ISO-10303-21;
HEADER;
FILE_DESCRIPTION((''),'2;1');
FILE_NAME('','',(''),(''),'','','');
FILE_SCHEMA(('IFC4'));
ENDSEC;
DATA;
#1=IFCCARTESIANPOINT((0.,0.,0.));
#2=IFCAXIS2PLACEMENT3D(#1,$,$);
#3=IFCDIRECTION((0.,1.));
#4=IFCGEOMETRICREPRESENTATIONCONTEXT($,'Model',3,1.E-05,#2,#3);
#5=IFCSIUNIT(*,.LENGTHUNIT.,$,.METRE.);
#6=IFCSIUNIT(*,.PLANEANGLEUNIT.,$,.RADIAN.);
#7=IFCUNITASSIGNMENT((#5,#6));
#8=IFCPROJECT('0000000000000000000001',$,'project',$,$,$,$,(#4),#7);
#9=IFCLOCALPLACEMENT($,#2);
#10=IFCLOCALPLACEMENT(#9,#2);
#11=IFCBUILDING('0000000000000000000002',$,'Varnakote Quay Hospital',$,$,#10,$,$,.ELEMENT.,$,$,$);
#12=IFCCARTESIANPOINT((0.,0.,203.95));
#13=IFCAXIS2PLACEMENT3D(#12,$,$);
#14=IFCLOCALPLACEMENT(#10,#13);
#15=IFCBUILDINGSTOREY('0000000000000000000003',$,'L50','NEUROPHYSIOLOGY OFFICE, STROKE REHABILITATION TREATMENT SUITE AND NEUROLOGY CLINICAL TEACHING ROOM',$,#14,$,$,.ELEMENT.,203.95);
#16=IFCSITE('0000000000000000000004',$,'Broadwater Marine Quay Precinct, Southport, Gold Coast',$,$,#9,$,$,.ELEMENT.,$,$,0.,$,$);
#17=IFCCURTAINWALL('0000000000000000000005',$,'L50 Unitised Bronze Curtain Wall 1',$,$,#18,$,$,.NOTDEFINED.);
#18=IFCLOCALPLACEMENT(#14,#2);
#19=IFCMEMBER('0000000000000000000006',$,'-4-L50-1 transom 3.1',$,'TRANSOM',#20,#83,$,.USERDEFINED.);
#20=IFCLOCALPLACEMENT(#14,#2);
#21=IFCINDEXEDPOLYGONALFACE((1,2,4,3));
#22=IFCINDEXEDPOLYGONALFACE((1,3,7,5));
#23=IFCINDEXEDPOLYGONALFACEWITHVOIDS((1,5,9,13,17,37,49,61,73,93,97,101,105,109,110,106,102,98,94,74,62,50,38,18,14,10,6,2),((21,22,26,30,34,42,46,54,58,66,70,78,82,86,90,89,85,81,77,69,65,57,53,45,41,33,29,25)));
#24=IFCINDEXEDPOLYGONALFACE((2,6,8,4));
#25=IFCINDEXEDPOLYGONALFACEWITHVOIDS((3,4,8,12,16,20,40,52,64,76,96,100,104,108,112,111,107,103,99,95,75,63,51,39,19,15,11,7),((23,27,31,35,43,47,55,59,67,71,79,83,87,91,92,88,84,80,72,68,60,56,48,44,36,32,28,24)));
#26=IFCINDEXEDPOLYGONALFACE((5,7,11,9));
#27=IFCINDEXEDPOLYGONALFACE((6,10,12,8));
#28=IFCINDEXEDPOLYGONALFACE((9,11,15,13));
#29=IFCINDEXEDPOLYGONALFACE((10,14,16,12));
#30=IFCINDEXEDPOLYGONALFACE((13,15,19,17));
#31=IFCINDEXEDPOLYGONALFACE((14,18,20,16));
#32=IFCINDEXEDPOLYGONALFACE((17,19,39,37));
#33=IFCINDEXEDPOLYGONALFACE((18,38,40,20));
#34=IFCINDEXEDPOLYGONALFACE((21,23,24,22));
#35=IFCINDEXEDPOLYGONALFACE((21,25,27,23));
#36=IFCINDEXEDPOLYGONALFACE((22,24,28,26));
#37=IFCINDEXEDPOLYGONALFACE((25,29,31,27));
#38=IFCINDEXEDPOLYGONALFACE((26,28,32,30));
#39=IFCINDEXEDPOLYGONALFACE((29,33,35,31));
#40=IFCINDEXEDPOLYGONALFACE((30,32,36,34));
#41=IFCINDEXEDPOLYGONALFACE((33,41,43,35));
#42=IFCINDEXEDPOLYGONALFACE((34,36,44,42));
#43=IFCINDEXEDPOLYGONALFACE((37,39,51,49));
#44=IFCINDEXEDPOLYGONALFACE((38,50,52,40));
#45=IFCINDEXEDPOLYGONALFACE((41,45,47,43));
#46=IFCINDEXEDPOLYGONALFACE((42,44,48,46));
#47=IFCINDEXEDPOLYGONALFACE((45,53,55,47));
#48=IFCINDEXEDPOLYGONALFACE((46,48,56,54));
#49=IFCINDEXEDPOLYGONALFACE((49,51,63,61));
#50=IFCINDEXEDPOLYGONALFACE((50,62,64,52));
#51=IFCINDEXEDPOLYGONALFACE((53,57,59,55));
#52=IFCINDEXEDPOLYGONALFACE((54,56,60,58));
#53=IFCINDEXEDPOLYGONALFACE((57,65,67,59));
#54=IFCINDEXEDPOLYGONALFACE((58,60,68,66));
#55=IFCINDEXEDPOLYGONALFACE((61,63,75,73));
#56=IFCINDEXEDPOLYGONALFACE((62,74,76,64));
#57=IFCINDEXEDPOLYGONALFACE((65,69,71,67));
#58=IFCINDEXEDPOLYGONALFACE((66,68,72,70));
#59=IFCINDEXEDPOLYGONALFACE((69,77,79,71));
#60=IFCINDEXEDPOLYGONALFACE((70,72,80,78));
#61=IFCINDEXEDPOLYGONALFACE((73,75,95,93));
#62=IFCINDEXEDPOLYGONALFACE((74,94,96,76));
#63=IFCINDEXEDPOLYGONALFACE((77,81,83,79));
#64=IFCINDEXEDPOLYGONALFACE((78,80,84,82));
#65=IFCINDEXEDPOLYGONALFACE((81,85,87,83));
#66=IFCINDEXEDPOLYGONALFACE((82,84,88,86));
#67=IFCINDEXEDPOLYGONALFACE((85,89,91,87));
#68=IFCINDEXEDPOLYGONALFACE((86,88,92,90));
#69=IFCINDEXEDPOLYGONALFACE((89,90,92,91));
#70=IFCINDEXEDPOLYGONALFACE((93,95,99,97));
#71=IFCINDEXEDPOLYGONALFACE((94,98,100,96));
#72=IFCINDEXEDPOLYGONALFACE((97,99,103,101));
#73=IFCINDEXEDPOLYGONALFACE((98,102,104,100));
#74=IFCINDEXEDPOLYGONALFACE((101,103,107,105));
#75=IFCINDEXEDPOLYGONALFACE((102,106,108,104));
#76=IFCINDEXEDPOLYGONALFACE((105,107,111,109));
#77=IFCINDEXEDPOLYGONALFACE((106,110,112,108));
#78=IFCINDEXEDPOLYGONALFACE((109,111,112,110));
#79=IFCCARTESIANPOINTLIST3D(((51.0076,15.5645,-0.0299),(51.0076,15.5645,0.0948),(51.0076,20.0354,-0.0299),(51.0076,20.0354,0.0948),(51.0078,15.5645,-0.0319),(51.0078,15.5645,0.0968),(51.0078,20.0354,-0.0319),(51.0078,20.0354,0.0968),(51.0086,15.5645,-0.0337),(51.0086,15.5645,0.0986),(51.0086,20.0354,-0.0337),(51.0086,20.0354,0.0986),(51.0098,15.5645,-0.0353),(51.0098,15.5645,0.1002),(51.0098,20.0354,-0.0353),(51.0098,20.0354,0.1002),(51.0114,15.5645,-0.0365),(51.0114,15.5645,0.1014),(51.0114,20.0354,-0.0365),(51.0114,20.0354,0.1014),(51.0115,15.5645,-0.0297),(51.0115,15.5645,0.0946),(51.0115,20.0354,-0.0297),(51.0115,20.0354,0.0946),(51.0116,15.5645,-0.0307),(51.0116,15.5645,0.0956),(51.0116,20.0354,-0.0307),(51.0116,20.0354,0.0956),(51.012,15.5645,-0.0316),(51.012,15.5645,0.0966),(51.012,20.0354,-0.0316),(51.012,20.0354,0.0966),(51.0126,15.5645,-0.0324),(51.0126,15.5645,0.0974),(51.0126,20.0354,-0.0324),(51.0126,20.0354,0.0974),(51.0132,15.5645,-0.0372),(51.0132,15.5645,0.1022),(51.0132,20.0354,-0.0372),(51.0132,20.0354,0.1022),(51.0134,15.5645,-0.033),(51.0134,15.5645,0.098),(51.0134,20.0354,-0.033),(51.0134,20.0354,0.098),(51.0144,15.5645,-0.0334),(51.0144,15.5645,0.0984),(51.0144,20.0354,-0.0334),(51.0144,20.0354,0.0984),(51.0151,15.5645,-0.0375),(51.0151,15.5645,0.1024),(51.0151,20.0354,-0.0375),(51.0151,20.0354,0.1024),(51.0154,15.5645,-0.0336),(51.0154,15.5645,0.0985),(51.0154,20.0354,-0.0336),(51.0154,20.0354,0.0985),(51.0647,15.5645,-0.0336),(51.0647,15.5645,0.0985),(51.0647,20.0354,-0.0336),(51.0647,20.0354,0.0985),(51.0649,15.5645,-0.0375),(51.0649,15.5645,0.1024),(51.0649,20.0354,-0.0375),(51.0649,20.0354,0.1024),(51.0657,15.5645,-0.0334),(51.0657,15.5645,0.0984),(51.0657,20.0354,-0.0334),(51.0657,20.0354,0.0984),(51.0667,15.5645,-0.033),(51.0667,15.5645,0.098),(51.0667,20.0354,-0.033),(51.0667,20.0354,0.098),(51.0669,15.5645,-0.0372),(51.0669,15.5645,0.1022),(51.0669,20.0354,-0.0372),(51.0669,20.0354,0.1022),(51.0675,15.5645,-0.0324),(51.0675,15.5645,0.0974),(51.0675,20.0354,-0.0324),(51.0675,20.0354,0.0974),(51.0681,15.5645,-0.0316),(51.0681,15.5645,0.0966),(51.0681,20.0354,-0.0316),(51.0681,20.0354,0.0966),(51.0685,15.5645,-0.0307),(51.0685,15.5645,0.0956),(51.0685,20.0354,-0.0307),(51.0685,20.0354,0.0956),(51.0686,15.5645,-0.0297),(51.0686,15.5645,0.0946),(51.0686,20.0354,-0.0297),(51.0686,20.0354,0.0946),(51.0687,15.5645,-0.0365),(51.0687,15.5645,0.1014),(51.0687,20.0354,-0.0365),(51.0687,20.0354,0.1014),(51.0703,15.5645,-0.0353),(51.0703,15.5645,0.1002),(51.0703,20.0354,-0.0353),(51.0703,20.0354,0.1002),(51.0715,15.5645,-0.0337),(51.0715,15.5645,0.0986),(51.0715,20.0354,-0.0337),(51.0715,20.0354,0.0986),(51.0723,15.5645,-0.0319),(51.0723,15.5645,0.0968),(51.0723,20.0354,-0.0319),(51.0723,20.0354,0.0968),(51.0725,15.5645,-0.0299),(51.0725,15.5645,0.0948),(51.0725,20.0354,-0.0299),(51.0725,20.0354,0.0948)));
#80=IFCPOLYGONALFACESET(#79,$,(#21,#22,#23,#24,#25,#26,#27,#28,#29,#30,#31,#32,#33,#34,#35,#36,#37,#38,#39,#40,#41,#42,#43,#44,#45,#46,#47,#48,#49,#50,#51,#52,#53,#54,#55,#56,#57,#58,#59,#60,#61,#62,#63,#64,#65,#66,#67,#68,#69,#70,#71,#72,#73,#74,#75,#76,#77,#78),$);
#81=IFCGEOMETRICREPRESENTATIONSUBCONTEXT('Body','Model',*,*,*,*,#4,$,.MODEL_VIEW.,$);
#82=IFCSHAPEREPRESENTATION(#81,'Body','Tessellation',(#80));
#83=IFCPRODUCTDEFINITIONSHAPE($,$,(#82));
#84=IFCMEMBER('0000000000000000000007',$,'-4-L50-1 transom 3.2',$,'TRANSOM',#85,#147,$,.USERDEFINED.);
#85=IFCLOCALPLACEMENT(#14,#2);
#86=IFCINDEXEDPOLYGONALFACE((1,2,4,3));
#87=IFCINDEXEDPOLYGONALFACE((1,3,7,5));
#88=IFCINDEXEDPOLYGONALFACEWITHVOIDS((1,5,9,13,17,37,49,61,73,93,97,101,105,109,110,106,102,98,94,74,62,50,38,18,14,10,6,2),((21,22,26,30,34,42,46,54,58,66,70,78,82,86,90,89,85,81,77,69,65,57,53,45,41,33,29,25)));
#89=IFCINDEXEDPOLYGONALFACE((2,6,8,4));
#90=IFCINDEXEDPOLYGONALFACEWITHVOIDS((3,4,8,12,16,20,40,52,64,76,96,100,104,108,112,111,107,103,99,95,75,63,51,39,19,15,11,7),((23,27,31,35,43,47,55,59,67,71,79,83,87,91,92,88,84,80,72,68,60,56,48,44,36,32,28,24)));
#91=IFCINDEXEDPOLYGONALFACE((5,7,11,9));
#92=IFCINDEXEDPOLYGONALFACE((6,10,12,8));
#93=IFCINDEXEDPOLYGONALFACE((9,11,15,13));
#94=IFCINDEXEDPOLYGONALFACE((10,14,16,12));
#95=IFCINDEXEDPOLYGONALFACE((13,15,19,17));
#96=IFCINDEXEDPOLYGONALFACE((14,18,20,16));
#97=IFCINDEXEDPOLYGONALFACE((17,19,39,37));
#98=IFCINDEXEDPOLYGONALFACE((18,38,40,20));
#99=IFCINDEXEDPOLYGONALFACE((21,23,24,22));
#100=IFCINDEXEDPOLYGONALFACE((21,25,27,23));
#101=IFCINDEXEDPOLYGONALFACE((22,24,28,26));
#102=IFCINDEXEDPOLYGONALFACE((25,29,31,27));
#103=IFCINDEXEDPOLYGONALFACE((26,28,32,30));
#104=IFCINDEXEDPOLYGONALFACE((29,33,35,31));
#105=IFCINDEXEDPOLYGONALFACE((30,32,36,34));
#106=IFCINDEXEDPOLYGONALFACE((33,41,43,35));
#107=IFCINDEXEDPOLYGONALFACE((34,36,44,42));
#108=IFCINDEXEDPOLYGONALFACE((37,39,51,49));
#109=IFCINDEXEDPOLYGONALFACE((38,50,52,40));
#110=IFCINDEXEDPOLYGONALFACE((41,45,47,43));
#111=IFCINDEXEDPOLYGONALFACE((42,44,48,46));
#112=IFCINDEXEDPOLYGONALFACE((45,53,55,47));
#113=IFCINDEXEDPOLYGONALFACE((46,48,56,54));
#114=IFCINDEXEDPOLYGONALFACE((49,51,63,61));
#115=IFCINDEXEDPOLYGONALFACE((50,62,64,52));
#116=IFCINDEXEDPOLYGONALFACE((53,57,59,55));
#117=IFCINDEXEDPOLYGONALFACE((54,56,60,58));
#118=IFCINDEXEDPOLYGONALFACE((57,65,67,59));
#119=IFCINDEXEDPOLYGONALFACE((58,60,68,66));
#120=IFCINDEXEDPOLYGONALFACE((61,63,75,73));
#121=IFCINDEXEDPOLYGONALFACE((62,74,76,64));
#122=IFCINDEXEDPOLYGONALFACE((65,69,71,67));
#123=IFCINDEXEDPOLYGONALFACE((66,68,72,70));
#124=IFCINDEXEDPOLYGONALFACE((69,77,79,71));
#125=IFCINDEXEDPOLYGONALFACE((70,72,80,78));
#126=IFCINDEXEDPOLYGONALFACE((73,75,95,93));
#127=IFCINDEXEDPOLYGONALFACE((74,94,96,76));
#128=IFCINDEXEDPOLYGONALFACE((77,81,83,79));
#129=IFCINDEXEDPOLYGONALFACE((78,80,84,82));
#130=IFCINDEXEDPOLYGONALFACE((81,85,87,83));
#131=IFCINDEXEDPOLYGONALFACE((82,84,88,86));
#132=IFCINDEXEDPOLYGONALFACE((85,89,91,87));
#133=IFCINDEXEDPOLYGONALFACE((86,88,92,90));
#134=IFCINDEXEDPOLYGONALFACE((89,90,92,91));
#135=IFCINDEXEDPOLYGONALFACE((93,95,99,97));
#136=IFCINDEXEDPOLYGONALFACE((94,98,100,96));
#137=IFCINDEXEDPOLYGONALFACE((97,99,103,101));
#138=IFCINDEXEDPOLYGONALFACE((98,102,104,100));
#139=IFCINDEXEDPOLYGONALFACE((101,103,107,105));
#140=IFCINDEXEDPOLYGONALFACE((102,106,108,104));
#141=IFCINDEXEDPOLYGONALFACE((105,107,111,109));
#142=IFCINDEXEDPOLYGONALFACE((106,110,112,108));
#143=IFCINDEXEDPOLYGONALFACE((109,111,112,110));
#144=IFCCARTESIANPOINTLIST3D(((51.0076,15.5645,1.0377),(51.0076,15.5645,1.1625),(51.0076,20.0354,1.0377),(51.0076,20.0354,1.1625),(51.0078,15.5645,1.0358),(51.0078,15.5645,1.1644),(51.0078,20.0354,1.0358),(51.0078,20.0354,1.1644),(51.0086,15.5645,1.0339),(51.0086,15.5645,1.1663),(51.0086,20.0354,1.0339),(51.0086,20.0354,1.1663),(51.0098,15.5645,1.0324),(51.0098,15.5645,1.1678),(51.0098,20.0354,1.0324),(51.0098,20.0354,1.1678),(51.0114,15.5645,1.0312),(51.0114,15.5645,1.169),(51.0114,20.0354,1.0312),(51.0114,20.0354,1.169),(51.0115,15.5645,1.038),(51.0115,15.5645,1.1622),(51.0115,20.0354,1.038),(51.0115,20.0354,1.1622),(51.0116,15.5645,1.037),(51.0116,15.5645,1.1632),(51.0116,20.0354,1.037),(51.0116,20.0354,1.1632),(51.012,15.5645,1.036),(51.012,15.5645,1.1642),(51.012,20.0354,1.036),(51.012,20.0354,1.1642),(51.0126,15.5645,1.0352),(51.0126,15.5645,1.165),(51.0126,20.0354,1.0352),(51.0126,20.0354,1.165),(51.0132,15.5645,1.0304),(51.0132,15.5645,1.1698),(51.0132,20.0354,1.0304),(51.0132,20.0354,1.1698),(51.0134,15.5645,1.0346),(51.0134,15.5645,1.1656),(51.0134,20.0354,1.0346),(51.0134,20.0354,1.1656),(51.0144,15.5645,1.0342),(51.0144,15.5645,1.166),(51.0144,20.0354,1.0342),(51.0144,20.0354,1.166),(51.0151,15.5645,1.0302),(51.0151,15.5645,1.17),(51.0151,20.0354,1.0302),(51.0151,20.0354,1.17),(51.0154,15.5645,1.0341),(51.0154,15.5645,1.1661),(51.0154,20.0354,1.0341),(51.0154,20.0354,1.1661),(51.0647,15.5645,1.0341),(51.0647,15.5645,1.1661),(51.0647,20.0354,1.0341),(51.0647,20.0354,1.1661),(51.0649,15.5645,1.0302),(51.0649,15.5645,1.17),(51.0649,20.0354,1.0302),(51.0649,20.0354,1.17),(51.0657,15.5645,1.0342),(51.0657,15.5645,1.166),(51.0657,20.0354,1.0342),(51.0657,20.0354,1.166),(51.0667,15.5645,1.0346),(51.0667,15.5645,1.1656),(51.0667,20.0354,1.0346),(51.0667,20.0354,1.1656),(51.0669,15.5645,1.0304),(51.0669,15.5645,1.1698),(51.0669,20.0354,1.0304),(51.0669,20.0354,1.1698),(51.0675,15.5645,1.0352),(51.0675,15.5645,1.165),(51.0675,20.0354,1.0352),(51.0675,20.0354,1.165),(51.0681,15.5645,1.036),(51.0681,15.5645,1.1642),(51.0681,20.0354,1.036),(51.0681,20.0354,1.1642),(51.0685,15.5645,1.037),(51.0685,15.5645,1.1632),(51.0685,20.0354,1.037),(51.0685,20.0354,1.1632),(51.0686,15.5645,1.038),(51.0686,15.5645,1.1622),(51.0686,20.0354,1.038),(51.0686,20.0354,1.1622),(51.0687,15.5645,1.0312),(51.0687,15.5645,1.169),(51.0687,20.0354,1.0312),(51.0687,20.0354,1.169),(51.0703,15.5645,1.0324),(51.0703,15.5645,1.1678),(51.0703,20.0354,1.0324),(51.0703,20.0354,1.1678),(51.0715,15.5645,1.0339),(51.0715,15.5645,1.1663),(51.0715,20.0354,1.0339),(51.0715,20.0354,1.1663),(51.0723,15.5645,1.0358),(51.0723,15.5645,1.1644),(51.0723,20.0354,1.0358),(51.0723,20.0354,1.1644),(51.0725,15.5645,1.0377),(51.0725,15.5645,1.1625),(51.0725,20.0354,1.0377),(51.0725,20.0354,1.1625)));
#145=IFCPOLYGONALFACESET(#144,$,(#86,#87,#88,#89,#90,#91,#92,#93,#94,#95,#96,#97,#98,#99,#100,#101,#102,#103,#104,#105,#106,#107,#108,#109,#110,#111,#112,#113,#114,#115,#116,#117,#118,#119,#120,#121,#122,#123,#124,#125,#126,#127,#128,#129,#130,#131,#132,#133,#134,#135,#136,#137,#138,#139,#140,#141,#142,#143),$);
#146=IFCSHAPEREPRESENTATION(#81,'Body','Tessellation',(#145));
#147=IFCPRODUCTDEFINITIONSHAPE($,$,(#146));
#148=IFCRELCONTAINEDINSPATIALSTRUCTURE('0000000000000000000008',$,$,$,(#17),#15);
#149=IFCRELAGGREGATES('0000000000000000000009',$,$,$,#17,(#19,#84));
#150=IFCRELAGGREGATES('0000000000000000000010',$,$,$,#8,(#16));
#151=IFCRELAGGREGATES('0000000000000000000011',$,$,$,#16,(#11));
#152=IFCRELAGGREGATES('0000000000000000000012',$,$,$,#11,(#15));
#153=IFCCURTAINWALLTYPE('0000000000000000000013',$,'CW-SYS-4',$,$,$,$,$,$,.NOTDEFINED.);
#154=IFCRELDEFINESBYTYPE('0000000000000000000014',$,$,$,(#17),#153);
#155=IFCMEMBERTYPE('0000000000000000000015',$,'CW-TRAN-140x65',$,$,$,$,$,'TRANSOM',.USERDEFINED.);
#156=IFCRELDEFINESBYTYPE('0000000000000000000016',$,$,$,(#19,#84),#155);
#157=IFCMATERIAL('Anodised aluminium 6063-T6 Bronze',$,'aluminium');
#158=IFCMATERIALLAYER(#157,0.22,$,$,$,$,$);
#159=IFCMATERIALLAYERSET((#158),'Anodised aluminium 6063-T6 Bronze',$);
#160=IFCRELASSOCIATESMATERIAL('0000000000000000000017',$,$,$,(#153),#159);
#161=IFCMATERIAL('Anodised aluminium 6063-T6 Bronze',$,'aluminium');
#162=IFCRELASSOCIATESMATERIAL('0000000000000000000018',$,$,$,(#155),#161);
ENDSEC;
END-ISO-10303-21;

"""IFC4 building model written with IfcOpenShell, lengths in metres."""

from ifc_helpers import new_model, si_unit, direction, frame, origin, origin_2d, place, context, subcontext, project, spatial, hollow_rectangle, extrude, material, layer, layer_set, material_profile, profile_set, type_object, element, aggregate, save


model = new_model("IFC4")

# Units and contexts
model_context = context("Model", 3, precision=1e-05, world=origin(), true_north=direction((0.0, 1.0)))
body_context = subcontext(model_context, "Body", "Model", "MODEL_VIEW")
ifc_project = project(units=[si_unit("LENGTHUNIT", "METRE"), si_unit("PLANEANGLEUNIT", "RADIAN")], contexts=[model_context])

# Site, building, storey
site_placement = place(None, origin())
site = spatial("IfcSite", under=ifc_project, at=site_placement, Name="Broadwater Marine Quay Precinct, Southport, Gold Coast", CompositionType="ELEMENT", RefElevation=0.0)
building_placement = place(site_placement, origin())
building = spatial("IfcBuilding", under=site, at=building_placement, Name="Varnakote Quay Hospital", CompositionType="ELEMENT")
storey_placement = place(building_placement, frame((0.0, 0.0, 203.95)))
storey = spatial("IfcBuildingStorey", under=building, at=storey_placement, Name="L50", Description="NEUROPHYSIOLOGY OFFICE, STROKE REHABILITATION TREATMENT SUITE AND NEUROLOGY CLINICAL TEACHING ROOM", CompositionType="ELEMENT", Elevation=203.95)

# Curtain wall, members
ifc_material_1 = material(Name="Anodised aluminium 6063-T6 Bronze", Category="aluminium")
ifc_layer_1 = layer(ifc_material_1, 0.22)
ifc_layer_set_1 = layer_set([ifc_layer_1], Name="Anodised aluminium 6063-T6 Bronze")
curtain_wall_type = type_object("IfcCurtainWallType", Name="CW-SYS-4", PredefinedType="NOTDEFINED", material=ifc_layer_set_1)
curtain_wall_placement = place(storey_placement, origin())
curtain_wall = element("IfcCurtainWall", 1, at=curtain_wall_placement, inside=storey, type_object=curtain_wall_type, Name="L50 Unitised Bronze Curtain Wall 1", PredefinedType="NOTDEFINED")
ifc_material_2 = material(Name="Anodised aluminium 6063-T6 Bronze", Category="aluminium")
ifc_material_profile_1 = material_profile(ifc_material_2, hollow_rectangle(XDim=0.0649, YDim=0.1399, WallThickness=0.0039, InnerFilletRadius=0.0039, OuterFilletRadius=0.0076, at=origin_2d()), Name="CW-TRAN-140x65")
ifc_profile_set_1 = profile_set([ifc_material_profile_1], Name="Anodised aluminium 6063-T6 Bronze")
member_type_1 = type_object("IfcMemberType", Name="CW-TRAN-140x65", ElementType="TRANSOM", PredefinedType="USERDEFINED", material=ifc_profile_set_1)
member_1_placement = place(storey_placement, frame((51.04, 15.5645, 0.0325), z_axis=(0.0, 1.0, 0.0), x_axis=(-1.0, 0.0, 0.0)))
member_1 = element("IfcMember", 2, at=member_1_placement, type_object=member_type_1, Name="-4-L50-1 transom 3.1", ObjectType="TRANSOM", PredefinedType="USERDEFINED", context=body_context, shape_type="SweptSolid", body=[
    extrude(hollow_rectangle(XDim=0.0649, YDim=0.1399, WallThickness=0.0039, InnerFilletRadius=0.0039, OuterFilletRadius=0.0076, at=origin_2d()), origin(), (0.0, 0.0, 1.0), 4.4709),
])
member_2_placement = place(storey_placement, frame((51.04, 15.5645, 1.1001), z_axis=(0.0, 1.0, 0.0), x_axis=(-1.0, 0.0, 0.0)))
member_2 = element("IfcMember", 3, at=member_2_placement, type_object=member_type_1, Name="-4-L50-1 transom 3.2", ObjectType="TRANSOM", PredefinedType="USERDEFINED", context=body_context, shape_type="SweptSolid", body=[
    extrude(hollow_rectangle(XDim=0.0649, YDim=0.1399, WallThickness=0.0039, InnerFilletRadius=0.0039, OuterFilletRadius=0.0076, at=origin_2d()), origin(), (0.0, 0.0, 1.0), 4.4709),
])
aggregate(curtain_wall, [member_1, member_2])

save(model, "model.ifc")
